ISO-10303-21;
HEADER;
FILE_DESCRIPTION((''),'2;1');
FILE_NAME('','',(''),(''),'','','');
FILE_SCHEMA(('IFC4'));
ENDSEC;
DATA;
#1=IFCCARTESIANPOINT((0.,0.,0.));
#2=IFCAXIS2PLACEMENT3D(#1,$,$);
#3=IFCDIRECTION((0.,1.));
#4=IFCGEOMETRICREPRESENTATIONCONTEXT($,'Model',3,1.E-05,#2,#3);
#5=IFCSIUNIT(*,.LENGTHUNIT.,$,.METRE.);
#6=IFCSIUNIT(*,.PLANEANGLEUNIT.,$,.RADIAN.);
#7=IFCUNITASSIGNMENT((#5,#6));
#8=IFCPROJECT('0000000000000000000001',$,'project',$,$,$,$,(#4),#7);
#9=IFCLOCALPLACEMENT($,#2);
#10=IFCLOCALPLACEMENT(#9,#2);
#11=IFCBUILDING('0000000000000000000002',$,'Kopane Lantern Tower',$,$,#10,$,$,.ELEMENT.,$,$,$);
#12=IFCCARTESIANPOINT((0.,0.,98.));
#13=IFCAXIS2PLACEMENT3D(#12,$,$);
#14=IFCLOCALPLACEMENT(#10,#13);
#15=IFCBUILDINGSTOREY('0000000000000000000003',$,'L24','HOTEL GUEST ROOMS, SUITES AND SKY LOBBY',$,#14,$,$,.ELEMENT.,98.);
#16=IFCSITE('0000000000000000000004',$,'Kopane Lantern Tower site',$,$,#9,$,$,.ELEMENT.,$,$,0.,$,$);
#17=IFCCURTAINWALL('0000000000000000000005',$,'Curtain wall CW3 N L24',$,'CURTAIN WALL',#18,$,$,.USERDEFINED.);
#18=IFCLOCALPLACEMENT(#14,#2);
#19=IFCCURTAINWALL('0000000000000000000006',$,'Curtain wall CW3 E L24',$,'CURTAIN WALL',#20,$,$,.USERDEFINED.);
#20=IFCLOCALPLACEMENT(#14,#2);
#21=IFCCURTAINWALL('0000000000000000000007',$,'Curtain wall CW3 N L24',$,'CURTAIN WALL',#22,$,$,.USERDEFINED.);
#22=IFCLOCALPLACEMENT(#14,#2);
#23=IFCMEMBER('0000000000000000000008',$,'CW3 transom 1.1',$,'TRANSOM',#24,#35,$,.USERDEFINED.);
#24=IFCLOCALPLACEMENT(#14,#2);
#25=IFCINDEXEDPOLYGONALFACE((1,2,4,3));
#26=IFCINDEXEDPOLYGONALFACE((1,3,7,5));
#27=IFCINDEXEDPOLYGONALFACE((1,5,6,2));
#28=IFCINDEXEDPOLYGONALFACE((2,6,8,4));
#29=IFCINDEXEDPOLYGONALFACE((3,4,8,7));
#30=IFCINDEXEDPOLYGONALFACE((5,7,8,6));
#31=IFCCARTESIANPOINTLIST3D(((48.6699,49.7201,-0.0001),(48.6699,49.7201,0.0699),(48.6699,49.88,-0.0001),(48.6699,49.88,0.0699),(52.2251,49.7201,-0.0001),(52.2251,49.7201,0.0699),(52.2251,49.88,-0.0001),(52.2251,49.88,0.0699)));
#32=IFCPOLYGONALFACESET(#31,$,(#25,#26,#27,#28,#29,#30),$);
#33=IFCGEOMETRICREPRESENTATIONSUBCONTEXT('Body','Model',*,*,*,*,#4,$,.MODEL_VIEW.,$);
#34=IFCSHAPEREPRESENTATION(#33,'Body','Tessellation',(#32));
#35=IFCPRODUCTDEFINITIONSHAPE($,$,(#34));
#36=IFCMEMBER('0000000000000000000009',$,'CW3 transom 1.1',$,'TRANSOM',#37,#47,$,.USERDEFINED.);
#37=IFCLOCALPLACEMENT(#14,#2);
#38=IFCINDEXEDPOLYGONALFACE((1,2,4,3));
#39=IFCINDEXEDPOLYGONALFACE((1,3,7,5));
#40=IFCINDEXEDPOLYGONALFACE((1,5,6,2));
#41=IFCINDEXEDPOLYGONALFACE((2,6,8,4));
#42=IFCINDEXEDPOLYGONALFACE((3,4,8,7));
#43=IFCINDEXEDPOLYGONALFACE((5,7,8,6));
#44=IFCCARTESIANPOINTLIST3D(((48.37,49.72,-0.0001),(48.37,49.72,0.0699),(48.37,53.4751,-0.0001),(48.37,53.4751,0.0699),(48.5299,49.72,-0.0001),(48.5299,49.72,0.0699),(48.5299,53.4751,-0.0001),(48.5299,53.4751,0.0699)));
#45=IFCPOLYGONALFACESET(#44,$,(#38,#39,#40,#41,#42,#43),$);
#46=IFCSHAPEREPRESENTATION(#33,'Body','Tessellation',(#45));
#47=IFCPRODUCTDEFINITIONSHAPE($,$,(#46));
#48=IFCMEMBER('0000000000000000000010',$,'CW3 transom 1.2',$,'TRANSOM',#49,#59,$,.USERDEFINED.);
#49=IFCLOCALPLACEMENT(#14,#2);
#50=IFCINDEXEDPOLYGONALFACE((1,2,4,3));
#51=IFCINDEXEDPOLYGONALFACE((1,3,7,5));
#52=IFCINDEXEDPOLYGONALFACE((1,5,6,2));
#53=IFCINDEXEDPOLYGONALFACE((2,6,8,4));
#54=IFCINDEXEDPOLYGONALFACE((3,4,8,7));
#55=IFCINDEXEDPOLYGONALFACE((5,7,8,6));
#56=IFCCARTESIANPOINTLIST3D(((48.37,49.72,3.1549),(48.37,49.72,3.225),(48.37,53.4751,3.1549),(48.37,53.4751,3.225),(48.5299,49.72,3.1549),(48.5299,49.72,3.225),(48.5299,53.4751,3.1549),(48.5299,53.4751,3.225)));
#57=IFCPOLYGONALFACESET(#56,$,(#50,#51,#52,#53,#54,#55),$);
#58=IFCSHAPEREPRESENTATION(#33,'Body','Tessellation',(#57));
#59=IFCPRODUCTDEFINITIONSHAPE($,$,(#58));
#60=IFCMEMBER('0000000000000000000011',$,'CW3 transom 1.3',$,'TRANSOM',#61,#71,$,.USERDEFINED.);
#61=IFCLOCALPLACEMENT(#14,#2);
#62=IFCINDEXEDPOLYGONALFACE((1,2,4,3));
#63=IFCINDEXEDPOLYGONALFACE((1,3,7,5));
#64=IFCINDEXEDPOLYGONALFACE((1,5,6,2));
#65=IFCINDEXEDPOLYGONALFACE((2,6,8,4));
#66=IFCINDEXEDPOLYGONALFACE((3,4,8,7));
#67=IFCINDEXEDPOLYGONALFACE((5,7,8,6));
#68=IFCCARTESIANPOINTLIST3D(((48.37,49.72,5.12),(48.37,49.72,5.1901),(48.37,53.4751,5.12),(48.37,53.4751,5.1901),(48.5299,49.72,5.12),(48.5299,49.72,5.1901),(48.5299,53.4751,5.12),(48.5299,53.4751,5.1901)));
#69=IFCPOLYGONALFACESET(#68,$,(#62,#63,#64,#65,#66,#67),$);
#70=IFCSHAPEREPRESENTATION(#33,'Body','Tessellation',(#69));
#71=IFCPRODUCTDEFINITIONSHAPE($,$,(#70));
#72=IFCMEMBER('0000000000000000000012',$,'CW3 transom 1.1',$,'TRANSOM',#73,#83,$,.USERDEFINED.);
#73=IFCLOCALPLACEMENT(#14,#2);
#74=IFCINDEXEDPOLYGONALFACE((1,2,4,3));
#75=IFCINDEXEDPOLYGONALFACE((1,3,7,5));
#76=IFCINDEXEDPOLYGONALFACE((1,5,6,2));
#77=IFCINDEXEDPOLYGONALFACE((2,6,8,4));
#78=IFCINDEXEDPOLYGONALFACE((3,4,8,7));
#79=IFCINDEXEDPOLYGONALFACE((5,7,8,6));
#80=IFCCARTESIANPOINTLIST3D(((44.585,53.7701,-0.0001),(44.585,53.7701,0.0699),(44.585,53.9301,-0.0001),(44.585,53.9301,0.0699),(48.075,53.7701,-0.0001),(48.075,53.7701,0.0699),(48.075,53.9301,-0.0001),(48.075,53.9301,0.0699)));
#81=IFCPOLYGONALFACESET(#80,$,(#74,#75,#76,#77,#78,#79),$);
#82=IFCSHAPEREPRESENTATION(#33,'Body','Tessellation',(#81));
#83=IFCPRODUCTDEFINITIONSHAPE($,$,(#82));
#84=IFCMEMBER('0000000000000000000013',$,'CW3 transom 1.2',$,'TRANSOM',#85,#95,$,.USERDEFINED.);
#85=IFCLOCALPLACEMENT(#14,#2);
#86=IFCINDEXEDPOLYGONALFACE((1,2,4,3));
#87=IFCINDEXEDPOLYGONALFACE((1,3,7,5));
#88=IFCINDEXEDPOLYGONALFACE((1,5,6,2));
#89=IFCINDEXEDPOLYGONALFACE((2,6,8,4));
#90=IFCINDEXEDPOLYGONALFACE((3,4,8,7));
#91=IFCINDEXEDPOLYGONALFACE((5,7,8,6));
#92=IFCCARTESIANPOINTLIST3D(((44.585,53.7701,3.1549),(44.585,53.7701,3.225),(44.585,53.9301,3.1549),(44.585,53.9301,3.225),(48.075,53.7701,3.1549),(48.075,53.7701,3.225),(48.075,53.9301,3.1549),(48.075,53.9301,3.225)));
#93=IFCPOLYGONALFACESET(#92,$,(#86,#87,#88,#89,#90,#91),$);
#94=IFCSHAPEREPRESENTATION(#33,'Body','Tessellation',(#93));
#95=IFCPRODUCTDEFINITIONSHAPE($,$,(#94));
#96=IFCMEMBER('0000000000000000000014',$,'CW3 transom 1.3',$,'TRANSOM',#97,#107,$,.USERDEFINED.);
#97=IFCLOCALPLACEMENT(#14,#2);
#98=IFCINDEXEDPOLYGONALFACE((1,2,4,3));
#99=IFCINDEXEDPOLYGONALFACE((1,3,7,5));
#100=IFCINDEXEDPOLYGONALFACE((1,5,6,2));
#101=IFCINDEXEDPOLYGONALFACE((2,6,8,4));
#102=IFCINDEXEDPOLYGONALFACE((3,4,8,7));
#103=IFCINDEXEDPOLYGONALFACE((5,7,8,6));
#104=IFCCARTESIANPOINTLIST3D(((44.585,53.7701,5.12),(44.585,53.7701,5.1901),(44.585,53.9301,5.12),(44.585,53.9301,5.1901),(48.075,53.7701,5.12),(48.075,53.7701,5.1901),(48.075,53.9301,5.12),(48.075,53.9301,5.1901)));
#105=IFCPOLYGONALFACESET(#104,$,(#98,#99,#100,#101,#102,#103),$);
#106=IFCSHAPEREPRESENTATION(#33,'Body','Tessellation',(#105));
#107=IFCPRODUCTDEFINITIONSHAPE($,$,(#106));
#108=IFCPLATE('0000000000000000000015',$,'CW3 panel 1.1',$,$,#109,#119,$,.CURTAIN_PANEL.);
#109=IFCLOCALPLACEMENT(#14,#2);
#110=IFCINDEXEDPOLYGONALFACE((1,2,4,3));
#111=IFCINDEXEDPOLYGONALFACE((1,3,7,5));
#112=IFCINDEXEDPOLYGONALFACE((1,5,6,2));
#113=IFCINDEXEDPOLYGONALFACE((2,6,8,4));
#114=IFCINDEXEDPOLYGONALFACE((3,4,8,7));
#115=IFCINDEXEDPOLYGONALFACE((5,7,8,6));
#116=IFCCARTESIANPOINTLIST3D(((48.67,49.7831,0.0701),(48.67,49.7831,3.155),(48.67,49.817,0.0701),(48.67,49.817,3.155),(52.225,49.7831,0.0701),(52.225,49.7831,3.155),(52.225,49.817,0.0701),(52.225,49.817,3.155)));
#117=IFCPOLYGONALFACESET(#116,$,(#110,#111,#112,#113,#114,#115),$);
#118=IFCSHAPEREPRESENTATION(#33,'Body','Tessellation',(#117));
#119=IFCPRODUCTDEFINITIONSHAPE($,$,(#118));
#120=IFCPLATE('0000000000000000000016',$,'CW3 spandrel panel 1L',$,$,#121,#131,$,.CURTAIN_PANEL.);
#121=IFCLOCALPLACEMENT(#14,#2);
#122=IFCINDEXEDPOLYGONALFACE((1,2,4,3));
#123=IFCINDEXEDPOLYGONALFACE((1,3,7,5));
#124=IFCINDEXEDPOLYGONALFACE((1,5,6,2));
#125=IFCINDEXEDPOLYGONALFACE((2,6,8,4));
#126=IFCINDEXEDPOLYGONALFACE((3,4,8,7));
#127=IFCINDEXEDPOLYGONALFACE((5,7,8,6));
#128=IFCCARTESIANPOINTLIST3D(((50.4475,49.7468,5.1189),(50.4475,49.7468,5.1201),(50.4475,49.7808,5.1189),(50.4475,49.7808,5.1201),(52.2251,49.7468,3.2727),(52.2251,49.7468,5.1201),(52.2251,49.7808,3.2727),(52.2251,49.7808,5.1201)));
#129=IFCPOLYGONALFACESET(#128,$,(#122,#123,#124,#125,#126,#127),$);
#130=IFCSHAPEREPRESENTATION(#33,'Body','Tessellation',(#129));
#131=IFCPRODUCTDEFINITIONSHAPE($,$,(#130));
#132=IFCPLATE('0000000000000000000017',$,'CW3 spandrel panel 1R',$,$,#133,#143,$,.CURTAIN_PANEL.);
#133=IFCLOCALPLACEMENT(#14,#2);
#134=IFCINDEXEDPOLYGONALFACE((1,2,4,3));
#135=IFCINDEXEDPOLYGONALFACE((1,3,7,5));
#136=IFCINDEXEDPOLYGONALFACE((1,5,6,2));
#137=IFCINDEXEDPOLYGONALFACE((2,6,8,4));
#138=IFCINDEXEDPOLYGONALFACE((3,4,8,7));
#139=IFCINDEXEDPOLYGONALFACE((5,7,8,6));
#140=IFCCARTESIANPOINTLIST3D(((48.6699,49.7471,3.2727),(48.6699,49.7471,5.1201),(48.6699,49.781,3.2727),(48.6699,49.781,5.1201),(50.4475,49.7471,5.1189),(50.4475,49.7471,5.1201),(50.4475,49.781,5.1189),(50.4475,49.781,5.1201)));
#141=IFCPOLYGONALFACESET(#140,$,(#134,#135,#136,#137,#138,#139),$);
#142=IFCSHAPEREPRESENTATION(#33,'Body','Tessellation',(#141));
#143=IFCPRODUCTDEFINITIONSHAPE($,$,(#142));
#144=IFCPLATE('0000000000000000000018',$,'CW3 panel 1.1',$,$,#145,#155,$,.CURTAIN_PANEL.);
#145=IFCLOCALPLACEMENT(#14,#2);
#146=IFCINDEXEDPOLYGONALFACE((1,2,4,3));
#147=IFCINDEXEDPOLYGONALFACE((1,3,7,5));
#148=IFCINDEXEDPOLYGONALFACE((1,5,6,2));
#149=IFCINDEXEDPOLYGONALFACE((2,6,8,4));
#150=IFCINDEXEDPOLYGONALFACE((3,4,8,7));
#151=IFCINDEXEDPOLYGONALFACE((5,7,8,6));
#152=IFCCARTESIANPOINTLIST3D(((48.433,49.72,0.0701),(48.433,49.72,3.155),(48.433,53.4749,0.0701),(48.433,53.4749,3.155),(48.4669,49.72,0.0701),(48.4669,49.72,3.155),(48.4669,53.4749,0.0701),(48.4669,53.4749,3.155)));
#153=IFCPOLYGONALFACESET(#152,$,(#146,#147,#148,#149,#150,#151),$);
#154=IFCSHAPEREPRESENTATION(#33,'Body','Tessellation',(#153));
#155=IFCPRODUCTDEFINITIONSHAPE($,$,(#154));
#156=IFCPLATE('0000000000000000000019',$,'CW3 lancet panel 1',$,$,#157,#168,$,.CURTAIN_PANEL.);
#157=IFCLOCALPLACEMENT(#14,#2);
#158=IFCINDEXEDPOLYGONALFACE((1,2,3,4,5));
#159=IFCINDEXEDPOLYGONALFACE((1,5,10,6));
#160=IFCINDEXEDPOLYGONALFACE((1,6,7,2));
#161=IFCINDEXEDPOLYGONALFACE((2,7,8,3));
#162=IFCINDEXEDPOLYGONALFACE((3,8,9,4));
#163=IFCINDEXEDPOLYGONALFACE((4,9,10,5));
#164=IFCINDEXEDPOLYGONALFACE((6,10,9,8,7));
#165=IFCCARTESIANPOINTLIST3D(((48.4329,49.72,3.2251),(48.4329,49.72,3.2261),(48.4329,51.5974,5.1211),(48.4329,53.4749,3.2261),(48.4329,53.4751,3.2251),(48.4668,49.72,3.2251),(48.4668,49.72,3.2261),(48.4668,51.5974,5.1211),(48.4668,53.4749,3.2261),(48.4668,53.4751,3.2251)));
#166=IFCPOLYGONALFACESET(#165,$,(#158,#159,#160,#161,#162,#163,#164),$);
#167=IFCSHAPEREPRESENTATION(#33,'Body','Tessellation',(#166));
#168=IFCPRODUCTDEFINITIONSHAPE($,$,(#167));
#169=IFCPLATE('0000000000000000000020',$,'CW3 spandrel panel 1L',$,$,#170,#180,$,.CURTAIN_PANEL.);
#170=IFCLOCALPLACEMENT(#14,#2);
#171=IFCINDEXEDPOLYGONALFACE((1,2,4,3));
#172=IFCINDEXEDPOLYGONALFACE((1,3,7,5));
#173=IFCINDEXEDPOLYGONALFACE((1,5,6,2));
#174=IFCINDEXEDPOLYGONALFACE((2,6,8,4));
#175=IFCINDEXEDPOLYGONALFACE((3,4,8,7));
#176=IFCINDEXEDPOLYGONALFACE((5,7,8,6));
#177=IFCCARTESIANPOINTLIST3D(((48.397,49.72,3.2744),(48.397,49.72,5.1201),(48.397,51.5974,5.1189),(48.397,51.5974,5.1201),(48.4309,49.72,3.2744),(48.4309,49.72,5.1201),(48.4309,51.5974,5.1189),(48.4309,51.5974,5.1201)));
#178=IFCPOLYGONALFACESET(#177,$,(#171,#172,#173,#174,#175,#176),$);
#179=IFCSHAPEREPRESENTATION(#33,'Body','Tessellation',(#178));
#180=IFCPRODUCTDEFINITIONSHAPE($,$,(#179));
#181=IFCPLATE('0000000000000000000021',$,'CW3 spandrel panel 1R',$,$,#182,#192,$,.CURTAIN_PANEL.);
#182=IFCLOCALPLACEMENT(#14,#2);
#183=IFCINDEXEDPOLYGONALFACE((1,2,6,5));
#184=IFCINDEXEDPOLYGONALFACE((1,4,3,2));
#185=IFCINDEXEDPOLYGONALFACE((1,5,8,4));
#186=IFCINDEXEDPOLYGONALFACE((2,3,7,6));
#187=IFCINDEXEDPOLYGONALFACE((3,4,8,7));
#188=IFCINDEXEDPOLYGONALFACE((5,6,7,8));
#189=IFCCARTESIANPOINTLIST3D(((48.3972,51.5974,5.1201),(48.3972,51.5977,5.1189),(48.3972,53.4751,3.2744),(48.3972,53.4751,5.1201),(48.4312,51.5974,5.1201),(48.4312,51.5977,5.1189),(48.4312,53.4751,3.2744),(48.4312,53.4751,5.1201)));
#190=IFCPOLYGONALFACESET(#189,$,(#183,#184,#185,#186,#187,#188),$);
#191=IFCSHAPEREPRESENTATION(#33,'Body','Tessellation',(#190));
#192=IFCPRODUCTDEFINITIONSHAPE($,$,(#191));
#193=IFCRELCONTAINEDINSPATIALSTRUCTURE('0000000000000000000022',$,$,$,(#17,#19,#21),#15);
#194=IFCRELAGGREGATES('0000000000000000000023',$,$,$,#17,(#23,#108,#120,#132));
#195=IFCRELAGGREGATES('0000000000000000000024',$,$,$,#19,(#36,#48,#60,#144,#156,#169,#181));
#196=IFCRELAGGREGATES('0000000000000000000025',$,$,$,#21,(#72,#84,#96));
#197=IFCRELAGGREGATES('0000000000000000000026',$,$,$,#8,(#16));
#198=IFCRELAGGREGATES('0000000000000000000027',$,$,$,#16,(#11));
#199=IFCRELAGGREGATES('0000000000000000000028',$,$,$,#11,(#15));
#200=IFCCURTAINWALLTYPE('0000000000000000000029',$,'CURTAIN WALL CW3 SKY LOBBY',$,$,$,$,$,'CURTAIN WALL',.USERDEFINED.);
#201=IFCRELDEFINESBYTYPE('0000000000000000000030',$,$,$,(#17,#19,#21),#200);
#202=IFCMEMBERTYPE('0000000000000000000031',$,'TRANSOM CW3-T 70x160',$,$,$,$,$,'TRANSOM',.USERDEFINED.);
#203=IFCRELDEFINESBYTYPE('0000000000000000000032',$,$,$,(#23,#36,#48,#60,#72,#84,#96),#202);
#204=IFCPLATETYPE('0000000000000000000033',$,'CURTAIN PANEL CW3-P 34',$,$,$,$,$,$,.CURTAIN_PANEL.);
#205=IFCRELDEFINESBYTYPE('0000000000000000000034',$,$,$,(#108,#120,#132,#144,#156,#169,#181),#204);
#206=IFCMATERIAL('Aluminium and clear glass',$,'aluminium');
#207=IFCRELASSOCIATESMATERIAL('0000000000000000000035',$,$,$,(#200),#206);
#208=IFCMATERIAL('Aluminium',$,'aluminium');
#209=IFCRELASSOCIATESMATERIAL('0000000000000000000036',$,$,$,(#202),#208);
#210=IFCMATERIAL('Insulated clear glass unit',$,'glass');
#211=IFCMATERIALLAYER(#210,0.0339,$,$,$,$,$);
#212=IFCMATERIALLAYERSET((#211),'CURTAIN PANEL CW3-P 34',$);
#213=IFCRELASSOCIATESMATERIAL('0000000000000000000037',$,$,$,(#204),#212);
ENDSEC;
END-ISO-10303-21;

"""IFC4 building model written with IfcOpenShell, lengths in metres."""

from ifc_helpers import new_model, si_unit, direction, frame, origin, origin_2d, place, context, subcontext, project, spatial, polyline, rectangle, outline, extrude, material, layer, layer_set, material_profile, profile_set, type_object, element, aggregate, save


model = new_model("IFC4")

# Units and contexts
model_context = context("Model", 3, precision=1e-05, world=origin(), true_north=direction((0.0, 1.0)))
body_context = subcontext(model_context, "Body", "Model", "MODEL_VIEW")
ifc_project = project(units=[si_unit("LENGTHUNIT", "METRE"), si_unit("PLANEANGLEUNIT", "RADIAN")], contexts=[model_context])

# Site, building, storey
site_placement = place(None, origin())
site = spatial("IfcSite", under=ifc_project, at=site_placement, Name="Kopane Lantern Tower site", CompositionType="ELEMENT", RefElevation=0.0)
building_placement = place(site_placement, origin())
building = spatial("IfcBuilding", under=site, at=building_placement, Name="Kopane Lantern Tower", CompositionType="ELEMENT")
storey_placement = place(building_placement, frame((0.0, 0.0, 98.0)))
storey = spatial("IfcBuildingStorey", under=building, at=storey_placement, Name="L24", Description="HOTEL GUEST ROOMS, SUITES AND SKY LOBBY", CompositionType="ELEMENT", Elevation=98.0)

# Curtain walls
ifc_material_1 = material(Name="Aluminium and clear glass", Category="aluminium")
curtain_wall_type = type_object("IfcCurtainWallType", Name="CURTAIN WALL CW3 SKY LOBBY", ElementType="CURTAIN WALL", PredefinedType="USERDEFINED", material=ifc_material_1)
curtain_wall_1_placement = place(storey_placement, origin())
curtain_wall_1 = element("IfcCurtainWall", 1, at=curtain_wall_1_placement, inside=storey, type_object=curtain_wall_type, Name="Curtain wall CW3 N L24", ObjectType="CURTAIN WALL", PredefinedType="USERDEFINED")
curtain_wall_2_placement = place(storey_placement, origin())
curtain_wall_2 = element("IfcCurtainWall", 2, at=curtain_wall_2_placement, inside=storey, type_object=curtain_wall_type, Name="Curtain wall CW3 E L24", ObjectType="CURTAIN WALL", PredefinedType="USERDEFINED")

# Curtain wall
curtain_wall_3_placement = place(storey_placement, origin())
curtain_wall_3 = element("IfcCurtainWall", 3, at=curtain_wall_3_placement, inside=storey, type_object=curtain_wall_type, Name="Curtain wall CW3 N L24", ObjectType="CURTAIN WALL", PredefinedType="USERDEFINED")

# Members
ifc_material_2 = material(Name="Aluminium", Category="aluminium")
ifc_material_profile_1 = material_profile(ifc_material_2, rectangle(XDim=0.1599, YDim=0.0701, at=origin_2d()), Name="AL 160x70")
ifc_profile_set_1 = profile_set([ifc_material_profile_1], Name="Aluminium")
member_type_1 = type_object("IfcMemberType", Name="TRANSOM CW3-T 70x160", ElementType="TRANSOM", PredefinedType="USERDEFINED", material=ifc_profile_set_1)
member_1_placement = place(storey_placement, frame((52.2251, 49.8, 0.0349), z_axis=(-1.0, 0.0, 0.0), x_axis=(0.0, -1.0, 0.0)))
member_1 = element("IfcMember", 4, at=member_1_placement, type_object=member_type_1, Name="CW3 transom 1.1", ObjectType="TRANSOM", PredefinedType="USERDEFINED", context=body_context, shape_type="SweptSolid", body=[
    extrude(rectangle(XDim=0.1599, YDim=0.0701, at=origin_2d()), origin(), (0.0, 0.0, 1.0), 3.5552),
])
member_2_placement = place(storey_placement, frame((48.45, 49.72, 0.0349), z_axis=(0.0, 1.0, 0.0), x_axis=(-1.0, 0.0, 0.0)))
member_2 = element("IfcMember", 5, at=member_2_placement, type_object=member_type_1, Name="CW3 transom 1.1", ObjectType="TRANSOM", PredefinedType="USERDEFINED", context=body_context, shape_type="SweptSolid", body=[
    extrude(rectangle(XDim=0.1599, YDim=0.0701, at=origin_2d()), origin(), (0.0, 0.0, 1.0), 3.7551),
])
member_3_placement = place(storey_placement, frame((48.45, 49.72, 3.1899), z_axis=(0.0, 1.0, 0.0), x_axis=(-1.0, 0.0, 0.0)))
member_3 = element("IfcMember", 6, at=member_3_placement, type_object=member_type_1, Name="CW3 transom 1.2", ObjectType="TRANSOM", PredefinedType="USERDEFINED", context=body_context, shape_type="SweptSolid", body=[
    extrude(rectangle(XDim=0.1599, YDim=0.0701, at=origin_2d()), origin(), (0.0, 0.0, 1.0), 3.7551),
])
member_4_placement = place(storey_placement, frame((48.45, 49.72, 5.155), z_axis=(0.0, 1.0, 0.0), x_axis=(-1.0, 0.0, 0.0)))
member_4 = element("IfcMember", 7, at=member_4_placement, type_object=member_type_1, Name="CW3 transom 1.3", ObjectType="TRANSOM", PredefinedType="USERDEFINED", context=body_context, shape_type="SweptSolid", body=[
    extrude(rectangle(XDim=0.1599, YDim=0.0701, at=origin_2d()), origin(), (0.0, 0.0, 1.0), 3.7551),
])
member_5_placement = place(storey_placement, frame((48.075, 53.8501, 0.0349), z_axis=(-1.0, 0.0, 0.0), x_axis=(0.0, -1.0, 0.0)))
member_5 = element("IfcMember", 8, at=member_5_placement, type_object=member_type_1, Name="CW3 transom 1.1", ObjectType="TRANSOM", PredefinedType="USERDEFINED", context=body_context, shape_type="SweptSolid", body=[
    extrude(rectangle(XDim=0.1599, YDim=0.0701, at=origin_2d()), origin(), (0.0, 0.0, 1.0), 3.49),
])
member_6_placement = place(storey_placement, frame((48.075, 53.8501, 3.1899), z_axis=(-1.0, 0.0, 0.0), x_axis=(0.0, -1.0, 0.0)))
member_6 = element("IfcMember", 9, at=member_6_placement, type_object=member_type_1, Name="CW3 transom 1.2", ObjectType="TRANSOM", PredefinedType="USERDEFINED", context=body_context, shape_type="SweptSolid", body=[
    extrude(rectangle(XDim=0.1599, YDim=0.0701, at=origin_2d()), origin(), (0.0, 0.0, 1.0), 3.49),
])
member_7_placement = place(storey_placement, frame((48.075, 53.8501, 5.155), z_axis=(-1.0, 0.0, 0.0), x_axis=(0.0, -1.0, 0.0)))
member_7 = element("IfcMember", 10, at=member_7_placement, type_object=member_type_1, Name="CW3 transom 1.3", ObjectType="TRANSOM", PredefinedType="USERDEFINED", context=body_context, shape_type="SweptSolid", body=[
    extrude(rectangle(XDim=0.1599, YDim=0.0701, at=origin_2d()), origin(), (0.0, 0.0, 1.0), 3.49),
])

# Plates
ifc_material_3 = material(Name="Insulated clear glass unit", Category="glass")
ifc_layer_1 = layer(ifc_material_3, 0.0339)
ifc_layer_set_1 = layer_set([ifc_layer_1], Name="CURTAIN PANEL CW3-P 34")
plate_type = type_object("IfcPlateType", Name="CURTAIN PANEL CW3-P 34", PredefinedType="CURTAIN_PANEL", material=ifc_layer_set_1)
plate_1_placement = place(storey_placement, frame((50.4475, 49.8, 0.0701), z_axis=(0.0, 0.0, 1.0), x_axis=(-1.0, 0.0, 0.0)))
plate_1 = element("IfcPlate", 11, at=plate_1_placement, type_object=plate_type, Name="CW3 panel 1.1", PredefinedType="CURTAIN_PANEL", context=body_context, shape_type="SweptSolid", body=[
    extrude(rectangle(XDim=3.5549, YDim=0.0339, at=origin_2d()), origin(), (0.0, 0.0, 1.0), 3.085),
])
plate_2_placement = place(storey_placement, frame((52.2251, 49.7639, 5.1201), z_axis=(0.0, 0.0, 1.0), x_axis=(-1.0, 0.0, 0.0)))
plate_2 = element("IfcPlate", 12, at=plate_2_placement, type_object=plate_type, Name="CW3 spandrel panel 1L", PredefinedType="CURTAIN_PANEL", context=body_context, shape_type="SweptSolid", body=[
    extrude(outline(polyline([(0.0, 0.0), (1.7776, 0.0), (1.7776, -0.0012), (0.0, -1.8474), (0.0, 0.0)])), frame((0.0, 0.0171, 0.0), z_axis=(0.0, -1.0, 0.0), x_axis=(1.0, 0.0, 0.0)), (0.0, 0.0, 1.0), 0.0339),
])
plate_3_placement = place(storey_placement, frame((48.6699, 49.7639, 5.1201), z_axis=(0.0, 0.0, 1.0), x_axis=(1.0, 0.0, 0.0)))
plate_3 = element("IfcPlate", 13, at=plate_3_placement, type_object=plate_type, Name="CW3 spandrel panel 1R", PredefinedType="CURTAIN_PANEL", context=body_context, shape_type="SweptSolid", body=[
    extrude(outline(polyline([(0.0, 0.0), (1.7776, 0.0), (1.7776, -0.0012), (0.0, -1.8474), (0.0, 0.0)])), frame((0.0, 0.0171, 0.0), z_axis=(0.0, -1.0, 0.0), x_axis=(1.0, 0.0, 0.0)), (0.0, 0.0, 1.0), 0.0339),
])
aggregate(curtain_wall_1, [member_1, plate_1, plate_2, plate_3])
plate_4_placement = place(storey_placement, frame((48.45, 51.5974, 0.0701), z_axis=(0.0, 0.0, 1.0), x_axis=(0.0, 1.0, 0.0)))
plate_4 = element("IfcPlate", 14, at=plate_4_placement, type_object=plate_type, Name="CW3 panel 1.1", PredefinedType="CURTAIN_PANEL", context=body_context, shape_type="SweptSolid", body=[
    extrude(rectangle(XDim=3.7549, YDim=0.0339, at=origin_2d()), origin(), (0.0, 0.0, 1.0), 3.085),
])
plate_5_placement = place(storey_placement, frame((48.45, 49.72, 3.2251), z_axis=(0.0, 0.0, 1.0), x_axis=(0.0, 1.0, 0.0)))
plate_5 = element("IfcPlate", 15, at=plate_5_placement, type_object=plate_type, Name="CW3 lancet panel 1", PredefinedType="CURTAIN_PANEL", context=body_context, shape_type="SweptSolid", body=[
    extrude(outline(polyline([(0.0, 0.0), (3.7551, 0.0), (3.7549, 0.001), (1.8774, 1.896), (0.0, 0.001), (0.0, 0.0)])), frame((0.0, 0.0171, 0.0), z_axis=(0.0, -1.0, 0.0), x_axis=(1.0, 0.0, 0.0)), (0.0, 0.0, 1.0), 0.0339),
])
plate_6_placement = place(storey_placement, frame((48.4141, 49.72, 5.1201), z_axis=(0.0, 0.0, 1.0), x_axis=(0.0, 1.0, 0.0)))
plate_6 = element("IfcPlate", 16, at=plate_6_placement, type_object=plate_type, Name="CW3 spandrel panel 1L", PredefinedType="CURTAIN_PANEL", context=body_context, shape_type="SweptSolid", body=[
    extrude(outline(polyline([(0.0, 0.0), (1.8774, 0.0), (1.8774, -0.0012), (0.0, -1.8457), (0.0, 0.0)])), frame((0.0, 0.0171, 0.0), z_axis=(0.0, -1.0, 0.0), x_axis=(1.0, 0.0, 0.0)), (0.0, 0.0, 1.0), 0.0339),
])
plate_7_placement = place(storey_placement, frame((48.4141, 53.4751, 5.1201), z_axis=(0.0, 0.0, 1.0), x_axis=(0.0, -1.0, 0.0)))
plate_7 = element("IfcPlate", 17, at=plate_7_placement, type_object=plate_type, Name="CW3 spandrel panel 1R", PredefinedType="CURTAIN_PANEL", context=body_context, shape_type="SweptSolid", body=[
    extrude(outline(polyline([(0.0, 0.0), (1.8777, 0.0), (1.8774, -0.0012), (0.0, -1.8457), (0.0, 0.0)])), frame((0.0, 0.0171, 0.0), z_axis=(0.0, -1.0, 0.0), x_axis=(1.0, 0.0, 0.0)), (0.0, 0.0, 1.0), 0.0339),
])
aggregate(curtain_wall_2, [member_2, member_3, member_4, plate_4, plate_5, plate_6, plate_7])
aggregate(curtain_wall_3, [member_5, member_6, member_7])

save(model, "model.ifc")
